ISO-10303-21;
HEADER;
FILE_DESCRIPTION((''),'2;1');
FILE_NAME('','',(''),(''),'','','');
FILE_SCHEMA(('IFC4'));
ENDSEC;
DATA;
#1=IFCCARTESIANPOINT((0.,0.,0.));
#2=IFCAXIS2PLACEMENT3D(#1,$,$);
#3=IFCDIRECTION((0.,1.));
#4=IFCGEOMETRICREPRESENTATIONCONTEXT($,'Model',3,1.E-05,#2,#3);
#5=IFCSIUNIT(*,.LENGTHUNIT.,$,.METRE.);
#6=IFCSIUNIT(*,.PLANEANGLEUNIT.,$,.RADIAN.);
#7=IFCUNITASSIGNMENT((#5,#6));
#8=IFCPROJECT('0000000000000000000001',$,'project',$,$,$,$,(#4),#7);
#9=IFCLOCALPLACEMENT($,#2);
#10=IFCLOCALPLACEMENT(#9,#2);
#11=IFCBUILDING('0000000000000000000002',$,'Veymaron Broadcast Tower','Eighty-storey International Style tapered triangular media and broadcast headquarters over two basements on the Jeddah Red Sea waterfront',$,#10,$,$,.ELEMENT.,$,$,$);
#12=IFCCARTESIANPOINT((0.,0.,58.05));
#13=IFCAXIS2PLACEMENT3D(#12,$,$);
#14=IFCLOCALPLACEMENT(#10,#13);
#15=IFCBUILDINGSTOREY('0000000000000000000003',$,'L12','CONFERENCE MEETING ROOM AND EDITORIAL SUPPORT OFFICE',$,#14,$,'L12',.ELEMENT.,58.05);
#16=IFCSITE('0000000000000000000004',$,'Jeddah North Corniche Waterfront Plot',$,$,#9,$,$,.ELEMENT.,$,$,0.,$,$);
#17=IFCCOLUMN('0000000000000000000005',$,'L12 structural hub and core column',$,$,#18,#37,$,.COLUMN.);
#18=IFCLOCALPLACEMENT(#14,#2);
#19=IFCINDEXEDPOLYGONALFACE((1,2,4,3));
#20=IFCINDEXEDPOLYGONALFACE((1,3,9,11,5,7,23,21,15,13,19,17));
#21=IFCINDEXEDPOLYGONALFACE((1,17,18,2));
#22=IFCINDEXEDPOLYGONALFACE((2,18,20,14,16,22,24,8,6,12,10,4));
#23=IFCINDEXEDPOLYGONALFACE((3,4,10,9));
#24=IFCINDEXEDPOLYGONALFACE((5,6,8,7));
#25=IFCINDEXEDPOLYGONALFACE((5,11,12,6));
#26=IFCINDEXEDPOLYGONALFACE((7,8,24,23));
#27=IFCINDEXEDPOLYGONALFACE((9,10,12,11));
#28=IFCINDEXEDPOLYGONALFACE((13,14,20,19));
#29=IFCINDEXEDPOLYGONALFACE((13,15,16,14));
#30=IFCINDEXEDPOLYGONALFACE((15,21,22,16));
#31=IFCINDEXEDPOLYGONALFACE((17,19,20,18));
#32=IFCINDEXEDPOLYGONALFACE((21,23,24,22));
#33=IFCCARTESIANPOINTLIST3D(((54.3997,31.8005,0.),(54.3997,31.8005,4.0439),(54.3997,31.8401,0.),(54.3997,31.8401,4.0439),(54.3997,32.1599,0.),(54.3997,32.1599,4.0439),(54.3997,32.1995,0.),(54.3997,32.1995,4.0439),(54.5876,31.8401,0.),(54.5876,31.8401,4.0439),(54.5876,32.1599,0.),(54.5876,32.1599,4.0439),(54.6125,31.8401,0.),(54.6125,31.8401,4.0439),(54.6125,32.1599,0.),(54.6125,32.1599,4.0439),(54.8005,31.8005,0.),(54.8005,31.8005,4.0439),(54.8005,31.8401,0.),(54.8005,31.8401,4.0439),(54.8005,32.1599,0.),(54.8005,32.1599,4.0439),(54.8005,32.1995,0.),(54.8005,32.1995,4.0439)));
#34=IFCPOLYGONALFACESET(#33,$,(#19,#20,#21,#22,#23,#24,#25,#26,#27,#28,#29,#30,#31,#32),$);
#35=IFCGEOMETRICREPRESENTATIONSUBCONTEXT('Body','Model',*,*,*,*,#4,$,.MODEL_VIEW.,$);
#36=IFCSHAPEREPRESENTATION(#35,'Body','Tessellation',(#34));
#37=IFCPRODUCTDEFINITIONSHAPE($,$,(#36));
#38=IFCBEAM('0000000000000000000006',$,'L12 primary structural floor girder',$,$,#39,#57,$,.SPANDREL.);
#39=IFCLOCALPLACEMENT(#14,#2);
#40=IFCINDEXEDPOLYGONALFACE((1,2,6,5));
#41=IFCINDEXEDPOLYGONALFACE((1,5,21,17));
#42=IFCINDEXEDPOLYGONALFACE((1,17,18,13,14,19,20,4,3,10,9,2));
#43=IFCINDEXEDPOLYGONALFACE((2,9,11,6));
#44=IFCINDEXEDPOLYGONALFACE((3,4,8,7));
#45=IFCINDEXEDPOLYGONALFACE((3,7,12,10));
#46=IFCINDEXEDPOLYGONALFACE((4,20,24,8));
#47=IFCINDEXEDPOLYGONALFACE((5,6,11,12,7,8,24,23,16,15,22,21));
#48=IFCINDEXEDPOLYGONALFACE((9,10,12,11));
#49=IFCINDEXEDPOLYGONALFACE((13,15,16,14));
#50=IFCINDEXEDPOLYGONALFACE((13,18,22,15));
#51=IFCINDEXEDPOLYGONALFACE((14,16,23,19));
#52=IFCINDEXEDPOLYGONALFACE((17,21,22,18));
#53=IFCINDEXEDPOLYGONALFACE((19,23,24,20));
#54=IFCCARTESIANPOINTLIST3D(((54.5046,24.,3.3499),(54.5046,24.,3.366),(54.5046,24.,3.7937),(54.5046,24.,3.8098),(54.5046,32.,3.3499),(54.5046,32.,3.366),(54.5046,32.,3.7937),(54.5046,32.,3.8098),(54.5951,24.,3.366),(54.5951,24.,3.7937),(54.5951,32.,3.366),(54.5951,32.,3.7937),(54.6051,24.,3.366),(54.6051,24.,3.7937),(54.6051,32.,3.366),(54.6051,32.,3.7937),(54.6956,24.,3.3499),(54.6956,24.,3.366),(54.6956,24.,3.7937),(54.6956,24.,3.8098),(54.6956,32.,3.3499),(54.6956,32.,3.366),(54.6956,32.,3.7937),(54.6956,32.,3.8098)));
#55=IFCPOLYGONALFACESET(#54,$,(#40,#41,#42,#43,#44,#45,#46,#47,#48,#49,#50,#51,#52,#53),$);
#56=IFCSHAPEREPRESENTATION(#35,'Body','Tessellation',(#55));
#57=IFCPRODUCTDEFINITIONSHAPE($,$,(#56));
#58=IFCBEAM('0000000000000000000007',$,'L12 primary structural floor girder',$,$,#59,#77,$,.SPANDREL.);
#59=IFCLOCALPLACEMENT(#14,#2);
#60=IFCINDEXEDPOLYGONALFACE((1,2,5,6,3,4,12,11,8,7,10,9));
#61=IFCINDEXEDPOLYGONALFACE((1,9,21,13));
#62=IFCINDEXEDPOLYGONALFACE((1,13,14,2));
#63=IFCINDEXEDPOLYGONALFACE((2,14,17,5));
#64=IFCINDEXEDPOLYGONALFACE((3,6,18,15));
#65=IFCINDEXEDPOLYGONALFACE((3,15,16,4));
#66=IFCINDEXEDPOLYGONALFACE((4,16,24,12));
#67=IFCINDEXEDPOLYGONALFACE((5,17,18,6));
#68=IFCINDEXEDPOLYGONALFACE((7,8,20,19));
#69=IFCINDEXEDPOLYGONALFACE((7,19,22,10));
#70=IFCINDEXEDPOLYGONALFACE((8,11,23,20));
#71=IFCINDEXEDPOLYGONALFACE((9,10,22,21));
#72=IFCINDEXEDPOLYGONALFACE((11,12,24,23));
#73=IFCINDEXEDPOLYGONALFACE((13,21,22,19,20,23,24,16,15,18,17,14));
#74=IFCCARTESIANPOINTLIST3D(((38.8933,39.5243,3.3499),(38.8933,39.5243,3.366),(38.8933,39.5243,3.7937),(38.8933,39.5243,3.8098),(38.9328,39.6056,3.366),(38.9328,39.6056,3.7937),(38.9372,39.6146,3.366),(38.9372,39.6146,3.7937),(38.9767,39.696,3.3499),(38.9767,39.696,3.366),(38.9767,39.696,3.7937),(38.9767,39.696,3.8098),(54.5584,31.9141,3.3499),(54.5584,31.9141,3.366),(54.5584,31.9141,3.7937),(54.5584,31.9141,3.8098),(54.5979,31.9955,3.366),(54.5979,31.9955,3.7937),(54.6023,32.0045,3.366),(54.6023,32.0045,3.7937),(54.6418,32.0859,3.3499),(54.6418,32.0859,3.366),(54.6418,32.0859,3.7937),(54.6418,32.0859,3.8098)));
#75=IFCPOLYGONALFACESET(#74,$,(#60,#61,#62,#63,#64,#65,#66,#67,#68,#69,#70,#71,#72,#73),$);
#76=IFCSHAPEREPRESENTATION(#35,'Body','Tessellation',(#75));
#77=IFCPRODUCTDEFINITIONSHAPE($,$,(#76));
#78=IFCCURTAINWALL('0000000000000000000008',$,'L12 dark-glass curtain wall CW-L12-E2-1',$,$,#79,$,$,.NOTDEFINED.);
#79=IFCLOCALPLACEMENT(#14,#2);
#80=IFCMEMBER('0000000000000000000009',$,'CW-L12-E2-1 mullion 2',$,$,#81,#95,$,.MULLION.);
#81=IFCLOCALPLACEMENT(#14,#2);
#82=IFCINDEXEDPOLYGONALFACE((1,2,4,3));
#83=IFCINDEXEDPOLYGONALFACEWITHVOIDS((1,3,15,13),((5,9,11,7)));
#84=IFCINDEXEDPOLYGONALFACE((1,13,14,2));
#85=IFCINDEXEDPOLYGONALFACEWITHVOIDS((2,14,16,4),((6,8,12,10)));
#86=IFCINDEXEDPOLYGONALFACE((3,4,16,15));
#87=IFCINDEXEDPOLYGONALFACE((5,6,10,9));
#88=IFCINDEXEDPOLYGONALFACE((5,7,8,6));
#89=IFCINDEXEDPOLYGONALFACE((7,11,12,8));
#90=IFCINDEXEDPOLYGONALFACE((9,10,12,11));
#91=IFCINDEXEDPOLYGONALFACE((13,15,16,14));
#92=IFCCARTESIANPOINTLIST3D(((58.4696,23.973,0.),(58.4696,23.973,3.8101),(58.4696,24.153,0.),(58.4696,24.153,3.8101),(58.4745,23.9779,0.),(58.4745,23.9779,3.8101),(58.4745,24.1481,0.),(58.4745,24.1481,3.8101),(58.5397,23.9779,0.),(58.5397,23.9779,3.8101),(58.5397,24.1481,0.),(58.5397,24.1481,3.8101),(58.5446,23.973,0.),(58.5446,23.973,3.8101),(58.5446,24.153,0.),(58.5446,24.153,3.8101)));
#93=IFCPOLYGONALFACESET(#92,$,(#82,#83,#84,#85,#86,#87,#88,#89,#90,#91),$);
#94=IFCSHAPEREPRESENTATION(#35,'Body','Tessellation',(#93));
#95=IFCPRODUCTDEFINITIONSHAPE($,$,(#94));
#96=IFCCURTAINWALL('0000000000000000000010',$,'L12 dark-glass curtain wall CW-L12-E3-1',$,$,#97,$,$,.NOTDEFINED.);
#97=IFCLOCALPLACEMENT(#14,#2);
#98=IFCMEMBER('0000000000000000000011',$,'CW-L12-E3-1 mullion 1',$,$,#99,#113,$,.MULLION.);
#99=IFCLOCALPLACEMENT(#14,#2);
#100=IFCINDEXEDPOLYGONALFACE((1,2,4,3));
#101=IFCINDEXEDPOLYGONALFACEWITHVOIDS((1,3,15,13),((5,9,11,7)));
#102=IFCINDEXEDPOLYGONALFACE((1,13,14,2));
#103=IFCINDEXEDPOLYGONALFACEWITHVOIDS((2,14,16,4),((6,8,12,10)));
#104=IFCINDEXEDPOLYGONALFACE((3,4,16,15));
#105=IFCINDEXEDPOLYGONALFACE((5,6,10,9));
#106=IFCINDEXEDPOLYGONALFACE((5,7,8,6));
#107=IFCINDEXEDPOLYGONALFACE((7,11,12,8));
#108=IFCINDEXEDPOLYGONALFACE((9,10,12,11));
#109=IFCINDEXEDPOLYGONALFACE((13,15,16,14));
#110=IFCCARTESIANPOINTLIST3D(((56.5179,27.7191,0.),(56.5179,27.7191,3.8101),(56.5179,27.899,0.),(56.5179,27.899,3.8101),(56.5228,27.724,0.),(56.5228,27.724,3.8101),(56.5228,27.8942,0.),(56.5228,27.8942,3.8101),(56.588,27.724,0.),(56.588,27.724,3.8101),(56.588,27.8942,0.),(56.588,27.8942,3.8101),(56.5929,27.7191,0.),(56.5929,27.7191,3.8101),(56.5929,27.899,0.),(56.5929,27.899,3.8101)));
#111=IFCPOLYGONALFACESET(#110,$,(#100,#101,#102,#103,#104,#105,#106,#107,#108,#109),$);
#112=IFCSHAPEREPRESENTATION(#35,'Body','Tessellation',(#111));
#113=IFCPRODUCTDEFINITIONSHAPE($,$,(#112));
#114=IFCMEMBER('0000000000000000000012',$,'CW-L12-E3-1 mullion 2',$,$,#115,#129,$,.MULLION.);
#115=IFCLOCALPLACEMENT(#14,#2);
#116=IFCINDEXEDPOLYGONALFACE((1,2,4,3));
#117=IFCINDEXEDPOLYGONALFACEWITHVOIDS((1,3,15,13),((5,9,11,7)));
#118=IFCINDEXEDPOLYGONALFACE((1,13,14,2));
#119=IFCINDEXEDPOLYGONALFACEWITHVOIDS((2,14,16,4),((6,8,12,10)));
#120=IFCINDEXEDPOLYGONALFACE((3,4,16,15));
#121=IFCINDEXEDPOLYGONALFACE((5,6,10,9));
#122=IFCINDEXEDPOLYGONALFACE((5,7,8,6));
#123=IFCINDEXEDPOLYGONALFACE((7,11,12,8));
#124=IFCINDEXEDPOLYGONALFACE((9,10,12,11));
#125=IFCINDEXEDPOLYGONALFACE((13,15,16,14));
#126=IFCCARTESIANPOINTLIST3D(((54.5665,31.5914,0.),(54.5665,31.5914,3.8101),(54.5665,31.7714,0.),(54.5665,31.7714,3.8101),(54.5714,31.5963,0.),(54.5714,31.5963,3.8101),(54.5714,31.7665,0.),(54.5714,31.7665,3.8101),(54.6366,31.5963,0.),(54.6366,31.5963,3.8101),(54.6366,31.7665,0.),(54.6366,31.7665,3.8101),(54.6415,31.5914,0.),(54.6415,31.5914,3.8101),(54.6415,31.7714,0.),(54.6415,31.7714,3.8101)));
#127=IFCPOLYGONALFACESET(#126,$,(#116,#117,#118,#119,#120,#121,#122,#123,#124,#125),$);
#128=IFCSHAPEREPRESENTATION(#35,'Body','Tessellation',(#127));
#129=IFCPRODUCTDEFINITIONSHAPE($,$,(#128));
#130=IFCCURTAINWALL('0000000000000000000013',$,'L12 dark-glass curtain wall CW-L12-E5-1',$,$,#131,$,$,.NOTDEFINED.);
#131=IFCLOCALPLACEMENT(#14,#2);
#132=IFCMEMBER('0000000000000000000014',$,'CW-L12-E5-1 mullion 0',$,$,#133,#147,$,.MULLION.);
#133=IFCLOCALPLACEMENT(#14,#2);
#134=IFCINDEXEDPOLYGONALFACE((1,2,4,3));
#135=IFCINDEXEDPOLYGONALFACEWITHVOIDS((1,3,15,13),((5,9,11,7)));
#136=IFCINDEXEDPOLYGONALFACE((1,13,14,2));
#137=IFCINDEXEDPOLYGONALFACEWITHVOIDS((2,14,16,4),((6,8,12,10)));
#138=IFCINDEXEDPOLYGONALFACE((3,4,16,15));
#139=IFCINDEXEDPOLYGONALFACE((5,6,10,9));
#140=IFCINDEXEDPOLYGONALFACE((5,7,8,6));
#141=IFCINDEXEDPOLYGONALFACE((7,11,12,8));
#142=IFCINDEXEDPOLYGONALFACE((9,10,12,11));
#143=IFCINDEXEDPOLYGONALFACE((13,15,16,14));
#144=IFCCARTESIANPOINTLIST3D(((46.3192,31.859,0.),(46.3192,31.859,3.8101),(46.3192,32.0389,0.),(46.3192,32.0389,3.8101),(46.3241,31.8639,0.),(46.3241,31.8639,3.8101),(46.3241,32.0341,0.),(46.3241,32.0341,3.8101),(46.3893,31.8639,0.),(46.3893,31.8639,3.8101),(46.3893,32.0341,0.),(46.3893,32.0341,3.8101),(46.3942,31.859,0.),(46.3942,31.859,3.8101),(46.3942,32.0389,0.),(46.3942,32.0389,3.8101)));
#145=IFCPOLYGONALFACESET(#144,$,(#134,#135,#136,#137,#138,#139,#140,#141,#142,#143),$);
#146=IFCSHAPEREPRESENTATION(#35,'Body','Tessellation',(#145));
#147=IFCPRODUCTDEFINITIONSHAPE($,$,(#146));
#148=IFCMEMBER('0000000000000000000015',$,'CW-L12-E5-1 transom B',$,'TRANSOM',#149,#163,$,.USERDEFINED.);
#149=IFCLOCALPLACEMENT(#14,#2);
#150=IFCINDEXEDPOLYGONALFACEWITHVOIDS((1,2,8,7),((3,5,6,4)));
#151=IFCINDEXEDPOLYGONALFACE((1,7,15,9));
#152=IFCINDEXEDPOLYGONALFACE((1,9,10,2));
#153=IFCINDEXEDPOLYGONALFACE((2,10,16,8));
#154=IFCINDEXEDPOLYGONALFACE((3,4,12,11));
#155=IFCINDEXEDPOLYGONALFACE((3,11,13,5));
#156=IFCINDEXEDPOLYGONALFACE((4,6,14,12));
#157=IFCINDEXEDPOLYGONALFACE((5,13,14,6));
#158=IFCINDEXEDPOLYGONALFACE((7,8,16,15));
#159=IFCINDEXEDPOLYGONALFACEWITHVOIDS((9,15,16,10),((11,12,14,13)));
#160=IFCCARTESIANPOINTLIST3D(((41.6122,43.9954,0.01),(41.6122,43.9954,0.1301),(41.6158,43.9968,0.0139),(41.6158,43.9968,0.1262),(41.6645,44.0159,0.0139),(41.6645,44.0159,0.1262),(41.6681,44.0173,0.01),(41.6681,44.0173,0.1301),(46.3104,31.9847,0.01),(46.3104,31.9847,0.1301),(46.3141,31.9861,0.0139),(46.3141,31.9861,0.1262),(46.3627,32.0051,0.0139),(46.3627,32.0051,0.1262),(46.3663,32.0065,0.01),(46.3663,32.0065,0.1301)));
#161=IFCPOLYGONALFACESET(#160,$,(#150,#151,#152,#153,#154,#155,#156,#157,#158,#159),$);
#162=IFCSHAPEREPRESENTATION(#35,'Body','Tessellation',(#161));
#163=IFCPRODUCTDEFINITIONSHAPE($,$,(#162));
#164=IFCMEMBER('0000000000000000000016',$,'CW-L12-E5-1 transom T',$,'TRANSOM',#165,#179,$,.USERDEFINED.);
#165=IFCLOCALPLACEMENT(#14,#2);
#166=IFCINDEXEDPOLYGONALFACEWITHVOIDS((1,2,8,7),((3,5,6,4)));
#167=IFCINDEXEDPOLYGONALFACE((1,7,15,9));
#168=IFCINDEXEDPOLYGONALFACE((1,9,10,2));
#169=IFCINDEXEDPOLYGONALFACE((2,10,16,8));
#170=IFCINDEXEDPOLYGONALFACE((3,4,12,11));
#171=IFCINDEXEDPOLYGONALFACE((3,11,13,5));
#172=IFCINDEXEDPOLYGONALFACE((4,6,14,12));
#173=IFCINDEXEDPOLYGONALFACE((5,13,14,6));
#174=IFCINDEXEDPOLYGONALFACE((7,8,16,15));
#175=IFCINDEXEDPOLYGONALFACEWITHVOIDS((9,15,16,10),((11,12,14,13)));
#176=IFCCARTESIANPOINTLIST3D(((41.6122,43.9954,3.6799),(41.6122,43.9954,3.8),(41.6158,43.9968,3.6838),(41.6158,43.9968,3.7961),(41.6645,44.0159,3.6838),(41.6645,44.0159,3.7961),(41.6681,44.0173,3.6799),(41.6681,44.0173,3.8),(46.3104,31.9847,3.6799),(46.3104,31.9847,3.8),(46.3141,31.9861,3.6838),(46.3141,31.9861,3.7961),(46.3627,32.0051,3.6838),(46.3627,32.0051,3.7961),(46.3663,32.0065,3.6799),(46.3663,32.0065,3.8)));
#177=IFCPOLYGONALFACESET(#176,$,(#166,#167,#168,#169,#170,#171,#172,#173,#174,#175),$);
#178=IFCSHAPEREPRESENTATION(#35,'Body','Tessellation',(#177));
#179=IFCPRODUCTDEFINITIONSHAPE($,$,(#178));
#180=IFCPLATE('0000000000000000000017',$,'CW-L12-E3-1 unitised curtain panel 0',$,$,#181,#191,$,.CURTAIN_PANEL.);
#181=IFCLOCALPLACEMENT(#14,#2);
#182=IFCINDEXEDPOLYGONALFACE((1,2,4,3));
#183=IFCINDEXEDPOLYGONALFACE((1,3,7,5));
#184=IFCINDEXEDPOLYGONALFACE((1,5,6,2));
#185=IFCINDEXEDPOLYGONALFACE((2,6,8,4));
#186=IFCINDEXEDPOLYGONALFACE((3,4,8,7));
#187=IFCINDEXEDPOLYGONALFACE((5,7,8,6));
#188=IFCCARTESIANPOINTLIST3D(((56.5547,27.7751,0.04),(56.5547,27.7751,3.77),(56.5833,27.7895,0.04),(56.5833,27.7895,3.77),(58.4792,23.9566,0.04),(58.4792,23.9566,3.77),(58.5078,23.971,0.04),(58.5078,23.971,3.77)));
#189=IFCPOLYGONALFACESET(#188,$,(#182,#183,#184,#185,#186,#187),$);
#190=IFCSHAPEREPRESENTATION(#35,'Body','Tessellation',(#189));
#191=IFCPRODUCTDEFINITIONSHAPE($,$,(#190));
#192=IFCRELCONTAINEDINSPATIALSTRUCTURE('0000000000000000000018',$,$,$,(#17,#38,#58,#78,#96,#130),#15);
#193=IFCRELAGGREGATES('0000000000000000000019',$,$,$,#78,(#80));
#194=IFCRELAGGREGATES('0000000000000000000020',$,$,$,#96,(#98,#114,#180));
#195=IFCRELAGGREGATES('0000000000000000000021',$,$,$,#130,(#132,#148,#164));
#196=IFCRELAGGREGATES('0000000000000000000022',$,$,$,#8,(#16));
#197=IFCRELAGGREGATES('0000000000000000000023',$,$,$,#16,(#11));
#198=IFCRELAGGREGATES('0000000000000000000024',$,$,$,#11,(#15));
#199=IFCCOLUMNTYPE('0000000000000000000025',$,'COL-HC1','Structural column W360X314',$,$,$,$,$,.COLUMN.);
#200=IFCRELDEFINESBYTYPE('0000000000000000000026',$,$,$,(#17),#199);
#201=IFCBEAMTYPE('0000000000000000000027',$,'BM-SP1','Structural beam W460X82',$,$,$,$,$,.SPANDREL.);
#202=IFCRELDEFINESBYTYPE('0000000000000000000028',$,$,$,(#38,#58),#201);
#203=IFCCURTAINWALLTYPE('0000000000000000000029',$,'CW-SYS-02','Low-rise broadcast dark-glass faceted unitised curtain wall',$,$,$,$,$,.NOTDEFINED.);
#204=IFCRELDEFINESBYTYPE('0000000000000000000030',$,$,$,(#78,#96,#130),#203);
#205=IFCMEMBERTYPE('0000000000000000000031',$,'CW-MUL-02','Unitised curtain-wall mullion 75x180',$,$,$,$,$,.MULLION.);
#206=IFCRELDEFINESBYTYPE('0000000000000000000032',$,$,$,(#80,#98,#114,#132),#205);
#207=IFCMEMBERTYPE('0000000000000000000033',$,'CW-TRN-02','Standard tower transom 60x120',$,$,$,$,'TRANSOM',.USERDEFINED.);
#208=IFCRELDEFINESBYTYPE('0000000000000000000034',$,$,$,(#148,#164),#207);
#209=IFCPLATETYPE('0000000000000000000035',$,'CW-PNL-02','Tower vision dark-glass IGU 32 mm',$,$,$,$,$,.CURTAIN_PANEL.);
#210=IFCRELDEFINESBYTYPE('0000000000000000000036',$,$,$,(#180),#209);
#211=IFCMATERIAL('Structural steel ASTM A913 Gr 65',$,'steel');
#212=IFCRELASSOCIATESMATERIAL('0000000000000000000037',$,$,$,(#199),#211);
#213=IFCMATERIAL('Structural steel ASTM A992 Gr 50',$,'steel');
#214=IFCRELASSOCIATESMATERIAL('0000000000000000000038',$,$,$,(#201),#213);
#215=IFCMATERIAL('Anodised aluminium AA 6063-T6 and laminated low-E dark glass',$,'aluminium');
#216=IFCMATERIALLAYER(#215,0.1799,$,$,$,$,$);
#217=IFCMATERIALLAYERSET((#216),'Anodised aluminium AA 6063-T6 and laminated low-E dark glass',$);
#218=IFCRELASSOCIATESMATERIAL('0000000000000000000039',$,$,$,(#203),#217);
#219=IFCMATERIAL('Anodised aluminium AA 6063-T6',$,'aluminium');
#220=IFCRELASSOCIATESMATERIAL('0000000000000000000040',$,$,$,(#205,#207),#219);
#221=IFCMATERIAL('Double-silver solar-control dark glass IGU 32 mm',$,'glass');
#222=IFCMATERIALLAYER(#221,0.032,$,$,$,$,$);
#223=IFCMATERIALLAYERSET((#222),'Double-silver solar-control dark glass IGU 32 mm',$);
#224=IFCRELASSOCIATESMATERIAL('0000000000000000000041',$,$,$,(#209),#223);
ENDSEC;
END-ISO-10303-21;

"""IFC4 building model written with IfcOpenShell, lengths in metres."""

from ifc_helpers import new_model, si_unit, direction, frame, origin, origin_2d, place, context, subcontext, project, spatial, rectangle, hollow_rectangle, i_section, extrude, material, layer, layer_set, material_profile, profile_set, type_object, element, aggregate, save


model = new_model("IFC4")

# Units and contexts
model_context = context("Model", 3, precision=1e-05, world=origin(), true_north=direction((0.0, 1.0)))
body_context = subcontext(model_context, "Body", "Model", "MODEL_VIEW")
ifc_project = project(units=[si_unit("LENGTHUNIT", "METRE"), si_unit("PLANEANGLEUNIT", "RADIAN")], contexts=[model_context])

# Site, building, storey
site_placement = place(None, origin())
site = spatial("IfcSite", under=ifc_project, at=site_placement, Name="Jeddah North Corniche Waterfront Plot", CompositionType="ELEMENT", RefElevation=0.0)
building_placement = place(site_placement, origin())
building = spatial("IfcBuilding", under=site, at=building_placement, Name="Veymaron Broadcast Tower", Description="Eighty-storey International Style tapered triangular media and broadcast headquarters over two basements on the Jeddah Red Sea waterfront", CompositionType="ELEMENT")
storey_placement = place(building_placement, frame((0.0, 0.0, 58.05)))
storey = spatial("IfcBuildingStorey", under=building, at=storey_placement, Name="L12", Description="CONFERENCE MEETING ROOM AND EDITORIAL SUPPORT OFFICE", LongName="L12", CompositionType="ELEMENT", Elevation=58.05)

# Column
ifc_material_1 = material(Name="Structural steel ASTM A913 Gr 65", Category="steel")
ifc_material_profile_1 = material_profile(ifc_material_1, i_section(OverallWidth=0.4009, OverallDepth=0.3989, WebThickness=0.0249, FlangeThickness=0.0396, at=origin_2d()), Name="W360X314")
ifc_profile_set_1 = profile_set([ifc_material_profile_1], Name="Structural steel ASTM A913 Gr 65")
column_type = type_object("IfcColumnType", Name="COL-HC1", Description="Structural column W360X314", PredefinedType="COLUMN", material=ifc_profile_set_1)
column_placement = place(storey_placement, frame((54.6001, 32.0, 0.0), z_axis=(0.0, 0.0, 1.0), x_axis=(1.0, 0.0, 0.0)))
element("IfcColumn", 1, at=column_placement, inside=storey, type_object=column_type, Name="L12 structural hub and core column", PredefinedType="COLUMN", context=body_context, shape_type="SweptSolid", body=[
    extrude(i_section(OverallWidth=0.4009, OverallDepth=0.3989, WebThickness=0.0249, FlangeThickness=0.0396, at=origin_2d()), origin(), (0.0, 0.0, 1.0), 4.0439),
])

# Beams
ifc_material_2 = material(Name="Structural steel ASTM A992 Gr 50", Category="steel")
ifc_material_profile_2 = material_profile(ifc_material_2, i_section(OverallWidth=0.1909, OverallDepth=0.46, WebThickness=0.01, FlangeThickness=0.0161, at=origin_2d()), Name="W460X82")
ifc_profile_set_2 = profile_set([ifc_material_profile_2], Name="Structural steel ASTM A992 Gr 50")
beam_type = type_object("IfcBeamType", Name="BM-SP1", Description="Structural beam W460X82", PredefinedType="SPANDREL", material=ifc_profile_set_2)
beam_1_placement = place(storey_placement, frame((54.6001, 24.0, 3.5798), z_axis=(0.0, 1.0, 0.0), x_axis=(-1.0, 0.0, 0.0)))
element("IfcBeam", 2, at=beam_1_placement, inside=storey, type_object=beam_type, Name="L12 primary structural floor girder", PredefinedType="SPANDREL", context=body_context, shape_type="SweptSolid", body=[
    extrude(i_section(OverallWidth=0.1909, OverallDepth=0.46, WebThickness=0.01, FlangeThickness=0.0161, at=origin_2d()), origin(), (0.0, 0.0, 1.0), 8.0),
])
beam_2_placement = place(storey_placement, frame((54.6001, 32.0, 3.5798), z_axis=(-0.899477, 0.436968, 0.0), x_axis=(-0.436968, -0.899477, 0.0)))
element("IfcBeam", 3, at=beam_2_placement, inside=storey, type_object=beam_type, Name="L12 primary structural floor girder", PredefinedType="SPANDREL", context=body_context, shape_type="SweptSolid", body=[
    extrude(i_section(OverallWidth=0.1909, OverallDepth=0.46, WebThickness=0.01, FlangeThickness=0.0161, at=origin_2d()), origin(), (0.0, 0.0, 1.0), 17.4158),
])

# Curtain wall, member
ifc_material_3 = material(Name="Anodised aluminium AA 6063-T6 and laminated low-E dark glass", Category="aluminium")
ifc_layer_1 = layer(ifc_material_3, 0.1799)
ifc_layer_set_1 = layer_set([ifc_layer_1], Name="Anodised aluminium AA 6063-T6 and laminated low-E dark glass")
curtain_wall_type = type_object("IfcCurtainWallType", Name="CW-SYS-02", Description="Low-rise broadcast dark-glass faceted unitised curtain wall", PredefinedType="NOTDEFINED", material=ifc_layer_set_1)
curtain_wall_1_placement = place(storey_placement, origin())
curtain_wall_1 = element("IfcCurtainWall", 4, at=curtain_wall_1_placement, inside=storey, type_object=curtain_wall_type, Name="L12 dark-glass curtain wall CW-L12-E2-1", PredefinedType="NOTDEFINED")
ifc_material_4 = material(Name="Anodised aluminium AA 6063-T6", Category="aluminium")
ifc_material_profile_3 = material_profile(ifc_material_4, hollow_rectangle(XDim=0.075, YDim=0.1799, WallThickness=0.0049, at=origin_2d()), Name="AL180X75X5")
ifc_profile_set_3 = profile_set([ifc_material_profile_3], Name="Anodised aluminium AA 6063-T6")
member_type_1 = type_object("IfcMemberType", Name="CW-MUL-02", Description="Unitised curtain-wall mullion 75x180", PredefinedType="MULLION", material=ifc_profile_set_3)
member_1_placement = place(storey_placement, frame((58.5071, 24.063, 0.0), z_axis=(0.0, 0.0, 1.0), x_axis=(1.0, 0.0, 0.0)))
member_1 = element("IfcMember", 5, at=member_1_placement, type_object=member_type_1, Name="CW-L12-E2-1 mullion 2", PredefinedType="MULLION", context=body_context, shape_type="SweptSolid", body=[
    extrude(hollow_rectangle(XDim=0.075, YDim=0.1799, WallThickness=0.0049, at=origin_2d()), origin(), (0.0, 0.0, 1.0), 3.8101),
])
aggregate(curtain_wall_1, [member_1])

# Curtain walls, members
curtain_wall_2_placement = place(storey_placement, origin())
curtain_wall_2 = element("IfcCurtainWall", 6, at=curtain_wall_2_placement, inside=storey, type_object=curtain_wall_type, Name="L12 dark-glass curtain wall CW-L12-E3-1", PredefinedType="NOTDEFINED")
member_2_placement = place(storey_placement, frame((56.5554, 27.8091, 0.0), z_axis=(0.0, 0.0, 1.0), x_axis=(1.0, 0.0, 0.0)))
member_2 = element("IfcMember", 7, at=member_2_placement, type_object=member_type_1, Name="CW-L12-E3-1 mullion 1", PredefinedType="MULLION", context=body_context, shape_type="SweptSolid", body=[
    extrude(hollow_rectangle(XDim=0.075, YDim=0.1799, WallThickness=0.0049, at=origin_2d()), origin(), (0.0, 0.0, 1.0), 3.8101),
])
member_3_placement = place(storey_placement, frame((54.604, 31.6814, 0.0), z_axis=(0.0, 0.0, 1.0), x_axis=(1.0, 0.0, 0.0)))
member_3 = element("IfcMember", 8, at=member_3_placement, type_object=member_type_1, Name="CW-L12-E3-1 mullion 2", PredefinedType="MULLION", context=body_context, shape_type="SweptSolid", body=[
    extrude(hollow_rectangle(XDim=0.075, YDim=0.1799, WallThickness=0.0049, at=origin_2d()), origin(), (0.0, 0.0, 1.0), 3.8101),
])
curtain_wall_3_placement = place(storey_placement, origin())
curtain_wall_3 = element("IfcCurtainWall", 9, at=curtain_wall_3_placement, inside=storey, type_object=curtain_wall_type, Name="L12 dark-glass curtain wall CW-L12-E5-1", PredefinedType="NOTDEFINED")
member_4_placement = place(storey_placement, frame((46.3567, 31.949, 0.0), z_axis=(0.0, 0.0, 1.0), x_axis=(1.0, 0.0, 0.0)))
member_4 = element("IfcMember", 10, at=member_4_placement, type_object=member_type_1, Name="CW-L12-E5-1 mullion 0", PredefinedType="MULLION", context=body_context, shape_type="SweptSolid", body=[
    extrude(hollow_rectangle(XDim=0.075, YDim=0.1799, WallThickness=0.0049, at=origin_2d()), origin(), (0.0, 0.0, 1.0), 3.8101),
])
ifc_material_profile_4 = material_profile(ifc_material_4, hollow_rectangle(XDim=0.0601, YDim=0.1201, WallThickness=0.0039, at=origin_2d()), Name="AL120X60X4")
ifc_profile_set_4 = profile_set([ifc_material_profile_4], Name="Anodised aluminium AA 6063-T6")
member_type_2 = type_object("IfcMemberType", Name="CW-TRN-02", Description="Standard tower transom 60x120", ElementType="TRANSOM", PredefinedType="USERDEFINED", material=ifc_profile_set_4)
member_5_placement = place(storey_placement, frame((46.3384, 31.9956, 0.0701), z_axis=(-0.364291, 0.931285, 0.0), x_axis=(-0.931285, -0.364291, 0.0)))
member_5 = element("IfcMember", 11, at=member_5_placement, type_object=member_type_2, Name="CW-L12-E5-1 transom B", ObjectType="TRANSOM", PredefinedType="USERDEFINED", context=body_context, shape_type="SweptSolid", body=[
    extrude(hollow_rectangle(XDim=0.0601, YDim=0.1201, WallThickness=0.0039, at=origin_2d()), origin(), (0.0, 0.0, 1.0), 12.897),
])
member_6_placement = place(storey_placement, frame((46.3384, 31.9956, 3.74), z_axis=(-0.364291, 0.931285, 0.0), x_axis=(-0.931285, -0.364291, 0.0)))
member_6 = element("IfcMember", 12, at=member_6_placement, type_object=member_type_2, Name="CW-L12-E5-1 transom T", ObjectType="TRANSOM", PredefinedType="USERDEFINED", context=body_context, shape_type="SweptSolid", body=[
    extrude(hollow_rectangle(XDim=0.0601, YDim=0.1201, WallThickness=0.0039, at=origin_2d()), origin(), (0.0, 0.0, 1.0), 12.897),
])

# Plate
ifc_material_5 = material(Name="Double-silver solar-control dark glass IGU 32 mm", Category="glass")
ifc_layer_2 = layer(ifc_material_5, 0.032)
ifc_layer_set_2 = layer_set([ifc_layer_2], Name="Double-silver solar-control dark glass IGU 32 mm")
plate_type = type_object("IfcPlateType", Name="CW-PNL-02", Description="Tower vision dark-glass IGU 32 mm", PredefinedType="CURTAIN_PANEL", material=ifc_layer_set_2)
plate_1_placement = place(storey_placement, frame((57.5312, 25.873, 0.04), z_axis=(0.0, 0.0, 1.0), x_axis=(-0.450067, 0.892995, 0.0)))
plate_1 = element("IfcPlate", 13, at=plate_1_placement, type_object=plate_type, Name="CW-L12-E3-1 unitised curtain panel 0", PredefinedType="CURTAIN_PANEL", context=body_context, shape_type="SweptSolid", body=[
    extrude(rectangle(XDim=4.2761, YDim=0.032, at=origin_2d()), origin(), (0.0, 0.0, 1.0), 3.73),
])
aggregate(curtain_wall_2, [member_2, member_3, plate_1])
aggregate(curtain_wall_3, [member_4, member_5, member_6])

save(model, "model.ifc")
